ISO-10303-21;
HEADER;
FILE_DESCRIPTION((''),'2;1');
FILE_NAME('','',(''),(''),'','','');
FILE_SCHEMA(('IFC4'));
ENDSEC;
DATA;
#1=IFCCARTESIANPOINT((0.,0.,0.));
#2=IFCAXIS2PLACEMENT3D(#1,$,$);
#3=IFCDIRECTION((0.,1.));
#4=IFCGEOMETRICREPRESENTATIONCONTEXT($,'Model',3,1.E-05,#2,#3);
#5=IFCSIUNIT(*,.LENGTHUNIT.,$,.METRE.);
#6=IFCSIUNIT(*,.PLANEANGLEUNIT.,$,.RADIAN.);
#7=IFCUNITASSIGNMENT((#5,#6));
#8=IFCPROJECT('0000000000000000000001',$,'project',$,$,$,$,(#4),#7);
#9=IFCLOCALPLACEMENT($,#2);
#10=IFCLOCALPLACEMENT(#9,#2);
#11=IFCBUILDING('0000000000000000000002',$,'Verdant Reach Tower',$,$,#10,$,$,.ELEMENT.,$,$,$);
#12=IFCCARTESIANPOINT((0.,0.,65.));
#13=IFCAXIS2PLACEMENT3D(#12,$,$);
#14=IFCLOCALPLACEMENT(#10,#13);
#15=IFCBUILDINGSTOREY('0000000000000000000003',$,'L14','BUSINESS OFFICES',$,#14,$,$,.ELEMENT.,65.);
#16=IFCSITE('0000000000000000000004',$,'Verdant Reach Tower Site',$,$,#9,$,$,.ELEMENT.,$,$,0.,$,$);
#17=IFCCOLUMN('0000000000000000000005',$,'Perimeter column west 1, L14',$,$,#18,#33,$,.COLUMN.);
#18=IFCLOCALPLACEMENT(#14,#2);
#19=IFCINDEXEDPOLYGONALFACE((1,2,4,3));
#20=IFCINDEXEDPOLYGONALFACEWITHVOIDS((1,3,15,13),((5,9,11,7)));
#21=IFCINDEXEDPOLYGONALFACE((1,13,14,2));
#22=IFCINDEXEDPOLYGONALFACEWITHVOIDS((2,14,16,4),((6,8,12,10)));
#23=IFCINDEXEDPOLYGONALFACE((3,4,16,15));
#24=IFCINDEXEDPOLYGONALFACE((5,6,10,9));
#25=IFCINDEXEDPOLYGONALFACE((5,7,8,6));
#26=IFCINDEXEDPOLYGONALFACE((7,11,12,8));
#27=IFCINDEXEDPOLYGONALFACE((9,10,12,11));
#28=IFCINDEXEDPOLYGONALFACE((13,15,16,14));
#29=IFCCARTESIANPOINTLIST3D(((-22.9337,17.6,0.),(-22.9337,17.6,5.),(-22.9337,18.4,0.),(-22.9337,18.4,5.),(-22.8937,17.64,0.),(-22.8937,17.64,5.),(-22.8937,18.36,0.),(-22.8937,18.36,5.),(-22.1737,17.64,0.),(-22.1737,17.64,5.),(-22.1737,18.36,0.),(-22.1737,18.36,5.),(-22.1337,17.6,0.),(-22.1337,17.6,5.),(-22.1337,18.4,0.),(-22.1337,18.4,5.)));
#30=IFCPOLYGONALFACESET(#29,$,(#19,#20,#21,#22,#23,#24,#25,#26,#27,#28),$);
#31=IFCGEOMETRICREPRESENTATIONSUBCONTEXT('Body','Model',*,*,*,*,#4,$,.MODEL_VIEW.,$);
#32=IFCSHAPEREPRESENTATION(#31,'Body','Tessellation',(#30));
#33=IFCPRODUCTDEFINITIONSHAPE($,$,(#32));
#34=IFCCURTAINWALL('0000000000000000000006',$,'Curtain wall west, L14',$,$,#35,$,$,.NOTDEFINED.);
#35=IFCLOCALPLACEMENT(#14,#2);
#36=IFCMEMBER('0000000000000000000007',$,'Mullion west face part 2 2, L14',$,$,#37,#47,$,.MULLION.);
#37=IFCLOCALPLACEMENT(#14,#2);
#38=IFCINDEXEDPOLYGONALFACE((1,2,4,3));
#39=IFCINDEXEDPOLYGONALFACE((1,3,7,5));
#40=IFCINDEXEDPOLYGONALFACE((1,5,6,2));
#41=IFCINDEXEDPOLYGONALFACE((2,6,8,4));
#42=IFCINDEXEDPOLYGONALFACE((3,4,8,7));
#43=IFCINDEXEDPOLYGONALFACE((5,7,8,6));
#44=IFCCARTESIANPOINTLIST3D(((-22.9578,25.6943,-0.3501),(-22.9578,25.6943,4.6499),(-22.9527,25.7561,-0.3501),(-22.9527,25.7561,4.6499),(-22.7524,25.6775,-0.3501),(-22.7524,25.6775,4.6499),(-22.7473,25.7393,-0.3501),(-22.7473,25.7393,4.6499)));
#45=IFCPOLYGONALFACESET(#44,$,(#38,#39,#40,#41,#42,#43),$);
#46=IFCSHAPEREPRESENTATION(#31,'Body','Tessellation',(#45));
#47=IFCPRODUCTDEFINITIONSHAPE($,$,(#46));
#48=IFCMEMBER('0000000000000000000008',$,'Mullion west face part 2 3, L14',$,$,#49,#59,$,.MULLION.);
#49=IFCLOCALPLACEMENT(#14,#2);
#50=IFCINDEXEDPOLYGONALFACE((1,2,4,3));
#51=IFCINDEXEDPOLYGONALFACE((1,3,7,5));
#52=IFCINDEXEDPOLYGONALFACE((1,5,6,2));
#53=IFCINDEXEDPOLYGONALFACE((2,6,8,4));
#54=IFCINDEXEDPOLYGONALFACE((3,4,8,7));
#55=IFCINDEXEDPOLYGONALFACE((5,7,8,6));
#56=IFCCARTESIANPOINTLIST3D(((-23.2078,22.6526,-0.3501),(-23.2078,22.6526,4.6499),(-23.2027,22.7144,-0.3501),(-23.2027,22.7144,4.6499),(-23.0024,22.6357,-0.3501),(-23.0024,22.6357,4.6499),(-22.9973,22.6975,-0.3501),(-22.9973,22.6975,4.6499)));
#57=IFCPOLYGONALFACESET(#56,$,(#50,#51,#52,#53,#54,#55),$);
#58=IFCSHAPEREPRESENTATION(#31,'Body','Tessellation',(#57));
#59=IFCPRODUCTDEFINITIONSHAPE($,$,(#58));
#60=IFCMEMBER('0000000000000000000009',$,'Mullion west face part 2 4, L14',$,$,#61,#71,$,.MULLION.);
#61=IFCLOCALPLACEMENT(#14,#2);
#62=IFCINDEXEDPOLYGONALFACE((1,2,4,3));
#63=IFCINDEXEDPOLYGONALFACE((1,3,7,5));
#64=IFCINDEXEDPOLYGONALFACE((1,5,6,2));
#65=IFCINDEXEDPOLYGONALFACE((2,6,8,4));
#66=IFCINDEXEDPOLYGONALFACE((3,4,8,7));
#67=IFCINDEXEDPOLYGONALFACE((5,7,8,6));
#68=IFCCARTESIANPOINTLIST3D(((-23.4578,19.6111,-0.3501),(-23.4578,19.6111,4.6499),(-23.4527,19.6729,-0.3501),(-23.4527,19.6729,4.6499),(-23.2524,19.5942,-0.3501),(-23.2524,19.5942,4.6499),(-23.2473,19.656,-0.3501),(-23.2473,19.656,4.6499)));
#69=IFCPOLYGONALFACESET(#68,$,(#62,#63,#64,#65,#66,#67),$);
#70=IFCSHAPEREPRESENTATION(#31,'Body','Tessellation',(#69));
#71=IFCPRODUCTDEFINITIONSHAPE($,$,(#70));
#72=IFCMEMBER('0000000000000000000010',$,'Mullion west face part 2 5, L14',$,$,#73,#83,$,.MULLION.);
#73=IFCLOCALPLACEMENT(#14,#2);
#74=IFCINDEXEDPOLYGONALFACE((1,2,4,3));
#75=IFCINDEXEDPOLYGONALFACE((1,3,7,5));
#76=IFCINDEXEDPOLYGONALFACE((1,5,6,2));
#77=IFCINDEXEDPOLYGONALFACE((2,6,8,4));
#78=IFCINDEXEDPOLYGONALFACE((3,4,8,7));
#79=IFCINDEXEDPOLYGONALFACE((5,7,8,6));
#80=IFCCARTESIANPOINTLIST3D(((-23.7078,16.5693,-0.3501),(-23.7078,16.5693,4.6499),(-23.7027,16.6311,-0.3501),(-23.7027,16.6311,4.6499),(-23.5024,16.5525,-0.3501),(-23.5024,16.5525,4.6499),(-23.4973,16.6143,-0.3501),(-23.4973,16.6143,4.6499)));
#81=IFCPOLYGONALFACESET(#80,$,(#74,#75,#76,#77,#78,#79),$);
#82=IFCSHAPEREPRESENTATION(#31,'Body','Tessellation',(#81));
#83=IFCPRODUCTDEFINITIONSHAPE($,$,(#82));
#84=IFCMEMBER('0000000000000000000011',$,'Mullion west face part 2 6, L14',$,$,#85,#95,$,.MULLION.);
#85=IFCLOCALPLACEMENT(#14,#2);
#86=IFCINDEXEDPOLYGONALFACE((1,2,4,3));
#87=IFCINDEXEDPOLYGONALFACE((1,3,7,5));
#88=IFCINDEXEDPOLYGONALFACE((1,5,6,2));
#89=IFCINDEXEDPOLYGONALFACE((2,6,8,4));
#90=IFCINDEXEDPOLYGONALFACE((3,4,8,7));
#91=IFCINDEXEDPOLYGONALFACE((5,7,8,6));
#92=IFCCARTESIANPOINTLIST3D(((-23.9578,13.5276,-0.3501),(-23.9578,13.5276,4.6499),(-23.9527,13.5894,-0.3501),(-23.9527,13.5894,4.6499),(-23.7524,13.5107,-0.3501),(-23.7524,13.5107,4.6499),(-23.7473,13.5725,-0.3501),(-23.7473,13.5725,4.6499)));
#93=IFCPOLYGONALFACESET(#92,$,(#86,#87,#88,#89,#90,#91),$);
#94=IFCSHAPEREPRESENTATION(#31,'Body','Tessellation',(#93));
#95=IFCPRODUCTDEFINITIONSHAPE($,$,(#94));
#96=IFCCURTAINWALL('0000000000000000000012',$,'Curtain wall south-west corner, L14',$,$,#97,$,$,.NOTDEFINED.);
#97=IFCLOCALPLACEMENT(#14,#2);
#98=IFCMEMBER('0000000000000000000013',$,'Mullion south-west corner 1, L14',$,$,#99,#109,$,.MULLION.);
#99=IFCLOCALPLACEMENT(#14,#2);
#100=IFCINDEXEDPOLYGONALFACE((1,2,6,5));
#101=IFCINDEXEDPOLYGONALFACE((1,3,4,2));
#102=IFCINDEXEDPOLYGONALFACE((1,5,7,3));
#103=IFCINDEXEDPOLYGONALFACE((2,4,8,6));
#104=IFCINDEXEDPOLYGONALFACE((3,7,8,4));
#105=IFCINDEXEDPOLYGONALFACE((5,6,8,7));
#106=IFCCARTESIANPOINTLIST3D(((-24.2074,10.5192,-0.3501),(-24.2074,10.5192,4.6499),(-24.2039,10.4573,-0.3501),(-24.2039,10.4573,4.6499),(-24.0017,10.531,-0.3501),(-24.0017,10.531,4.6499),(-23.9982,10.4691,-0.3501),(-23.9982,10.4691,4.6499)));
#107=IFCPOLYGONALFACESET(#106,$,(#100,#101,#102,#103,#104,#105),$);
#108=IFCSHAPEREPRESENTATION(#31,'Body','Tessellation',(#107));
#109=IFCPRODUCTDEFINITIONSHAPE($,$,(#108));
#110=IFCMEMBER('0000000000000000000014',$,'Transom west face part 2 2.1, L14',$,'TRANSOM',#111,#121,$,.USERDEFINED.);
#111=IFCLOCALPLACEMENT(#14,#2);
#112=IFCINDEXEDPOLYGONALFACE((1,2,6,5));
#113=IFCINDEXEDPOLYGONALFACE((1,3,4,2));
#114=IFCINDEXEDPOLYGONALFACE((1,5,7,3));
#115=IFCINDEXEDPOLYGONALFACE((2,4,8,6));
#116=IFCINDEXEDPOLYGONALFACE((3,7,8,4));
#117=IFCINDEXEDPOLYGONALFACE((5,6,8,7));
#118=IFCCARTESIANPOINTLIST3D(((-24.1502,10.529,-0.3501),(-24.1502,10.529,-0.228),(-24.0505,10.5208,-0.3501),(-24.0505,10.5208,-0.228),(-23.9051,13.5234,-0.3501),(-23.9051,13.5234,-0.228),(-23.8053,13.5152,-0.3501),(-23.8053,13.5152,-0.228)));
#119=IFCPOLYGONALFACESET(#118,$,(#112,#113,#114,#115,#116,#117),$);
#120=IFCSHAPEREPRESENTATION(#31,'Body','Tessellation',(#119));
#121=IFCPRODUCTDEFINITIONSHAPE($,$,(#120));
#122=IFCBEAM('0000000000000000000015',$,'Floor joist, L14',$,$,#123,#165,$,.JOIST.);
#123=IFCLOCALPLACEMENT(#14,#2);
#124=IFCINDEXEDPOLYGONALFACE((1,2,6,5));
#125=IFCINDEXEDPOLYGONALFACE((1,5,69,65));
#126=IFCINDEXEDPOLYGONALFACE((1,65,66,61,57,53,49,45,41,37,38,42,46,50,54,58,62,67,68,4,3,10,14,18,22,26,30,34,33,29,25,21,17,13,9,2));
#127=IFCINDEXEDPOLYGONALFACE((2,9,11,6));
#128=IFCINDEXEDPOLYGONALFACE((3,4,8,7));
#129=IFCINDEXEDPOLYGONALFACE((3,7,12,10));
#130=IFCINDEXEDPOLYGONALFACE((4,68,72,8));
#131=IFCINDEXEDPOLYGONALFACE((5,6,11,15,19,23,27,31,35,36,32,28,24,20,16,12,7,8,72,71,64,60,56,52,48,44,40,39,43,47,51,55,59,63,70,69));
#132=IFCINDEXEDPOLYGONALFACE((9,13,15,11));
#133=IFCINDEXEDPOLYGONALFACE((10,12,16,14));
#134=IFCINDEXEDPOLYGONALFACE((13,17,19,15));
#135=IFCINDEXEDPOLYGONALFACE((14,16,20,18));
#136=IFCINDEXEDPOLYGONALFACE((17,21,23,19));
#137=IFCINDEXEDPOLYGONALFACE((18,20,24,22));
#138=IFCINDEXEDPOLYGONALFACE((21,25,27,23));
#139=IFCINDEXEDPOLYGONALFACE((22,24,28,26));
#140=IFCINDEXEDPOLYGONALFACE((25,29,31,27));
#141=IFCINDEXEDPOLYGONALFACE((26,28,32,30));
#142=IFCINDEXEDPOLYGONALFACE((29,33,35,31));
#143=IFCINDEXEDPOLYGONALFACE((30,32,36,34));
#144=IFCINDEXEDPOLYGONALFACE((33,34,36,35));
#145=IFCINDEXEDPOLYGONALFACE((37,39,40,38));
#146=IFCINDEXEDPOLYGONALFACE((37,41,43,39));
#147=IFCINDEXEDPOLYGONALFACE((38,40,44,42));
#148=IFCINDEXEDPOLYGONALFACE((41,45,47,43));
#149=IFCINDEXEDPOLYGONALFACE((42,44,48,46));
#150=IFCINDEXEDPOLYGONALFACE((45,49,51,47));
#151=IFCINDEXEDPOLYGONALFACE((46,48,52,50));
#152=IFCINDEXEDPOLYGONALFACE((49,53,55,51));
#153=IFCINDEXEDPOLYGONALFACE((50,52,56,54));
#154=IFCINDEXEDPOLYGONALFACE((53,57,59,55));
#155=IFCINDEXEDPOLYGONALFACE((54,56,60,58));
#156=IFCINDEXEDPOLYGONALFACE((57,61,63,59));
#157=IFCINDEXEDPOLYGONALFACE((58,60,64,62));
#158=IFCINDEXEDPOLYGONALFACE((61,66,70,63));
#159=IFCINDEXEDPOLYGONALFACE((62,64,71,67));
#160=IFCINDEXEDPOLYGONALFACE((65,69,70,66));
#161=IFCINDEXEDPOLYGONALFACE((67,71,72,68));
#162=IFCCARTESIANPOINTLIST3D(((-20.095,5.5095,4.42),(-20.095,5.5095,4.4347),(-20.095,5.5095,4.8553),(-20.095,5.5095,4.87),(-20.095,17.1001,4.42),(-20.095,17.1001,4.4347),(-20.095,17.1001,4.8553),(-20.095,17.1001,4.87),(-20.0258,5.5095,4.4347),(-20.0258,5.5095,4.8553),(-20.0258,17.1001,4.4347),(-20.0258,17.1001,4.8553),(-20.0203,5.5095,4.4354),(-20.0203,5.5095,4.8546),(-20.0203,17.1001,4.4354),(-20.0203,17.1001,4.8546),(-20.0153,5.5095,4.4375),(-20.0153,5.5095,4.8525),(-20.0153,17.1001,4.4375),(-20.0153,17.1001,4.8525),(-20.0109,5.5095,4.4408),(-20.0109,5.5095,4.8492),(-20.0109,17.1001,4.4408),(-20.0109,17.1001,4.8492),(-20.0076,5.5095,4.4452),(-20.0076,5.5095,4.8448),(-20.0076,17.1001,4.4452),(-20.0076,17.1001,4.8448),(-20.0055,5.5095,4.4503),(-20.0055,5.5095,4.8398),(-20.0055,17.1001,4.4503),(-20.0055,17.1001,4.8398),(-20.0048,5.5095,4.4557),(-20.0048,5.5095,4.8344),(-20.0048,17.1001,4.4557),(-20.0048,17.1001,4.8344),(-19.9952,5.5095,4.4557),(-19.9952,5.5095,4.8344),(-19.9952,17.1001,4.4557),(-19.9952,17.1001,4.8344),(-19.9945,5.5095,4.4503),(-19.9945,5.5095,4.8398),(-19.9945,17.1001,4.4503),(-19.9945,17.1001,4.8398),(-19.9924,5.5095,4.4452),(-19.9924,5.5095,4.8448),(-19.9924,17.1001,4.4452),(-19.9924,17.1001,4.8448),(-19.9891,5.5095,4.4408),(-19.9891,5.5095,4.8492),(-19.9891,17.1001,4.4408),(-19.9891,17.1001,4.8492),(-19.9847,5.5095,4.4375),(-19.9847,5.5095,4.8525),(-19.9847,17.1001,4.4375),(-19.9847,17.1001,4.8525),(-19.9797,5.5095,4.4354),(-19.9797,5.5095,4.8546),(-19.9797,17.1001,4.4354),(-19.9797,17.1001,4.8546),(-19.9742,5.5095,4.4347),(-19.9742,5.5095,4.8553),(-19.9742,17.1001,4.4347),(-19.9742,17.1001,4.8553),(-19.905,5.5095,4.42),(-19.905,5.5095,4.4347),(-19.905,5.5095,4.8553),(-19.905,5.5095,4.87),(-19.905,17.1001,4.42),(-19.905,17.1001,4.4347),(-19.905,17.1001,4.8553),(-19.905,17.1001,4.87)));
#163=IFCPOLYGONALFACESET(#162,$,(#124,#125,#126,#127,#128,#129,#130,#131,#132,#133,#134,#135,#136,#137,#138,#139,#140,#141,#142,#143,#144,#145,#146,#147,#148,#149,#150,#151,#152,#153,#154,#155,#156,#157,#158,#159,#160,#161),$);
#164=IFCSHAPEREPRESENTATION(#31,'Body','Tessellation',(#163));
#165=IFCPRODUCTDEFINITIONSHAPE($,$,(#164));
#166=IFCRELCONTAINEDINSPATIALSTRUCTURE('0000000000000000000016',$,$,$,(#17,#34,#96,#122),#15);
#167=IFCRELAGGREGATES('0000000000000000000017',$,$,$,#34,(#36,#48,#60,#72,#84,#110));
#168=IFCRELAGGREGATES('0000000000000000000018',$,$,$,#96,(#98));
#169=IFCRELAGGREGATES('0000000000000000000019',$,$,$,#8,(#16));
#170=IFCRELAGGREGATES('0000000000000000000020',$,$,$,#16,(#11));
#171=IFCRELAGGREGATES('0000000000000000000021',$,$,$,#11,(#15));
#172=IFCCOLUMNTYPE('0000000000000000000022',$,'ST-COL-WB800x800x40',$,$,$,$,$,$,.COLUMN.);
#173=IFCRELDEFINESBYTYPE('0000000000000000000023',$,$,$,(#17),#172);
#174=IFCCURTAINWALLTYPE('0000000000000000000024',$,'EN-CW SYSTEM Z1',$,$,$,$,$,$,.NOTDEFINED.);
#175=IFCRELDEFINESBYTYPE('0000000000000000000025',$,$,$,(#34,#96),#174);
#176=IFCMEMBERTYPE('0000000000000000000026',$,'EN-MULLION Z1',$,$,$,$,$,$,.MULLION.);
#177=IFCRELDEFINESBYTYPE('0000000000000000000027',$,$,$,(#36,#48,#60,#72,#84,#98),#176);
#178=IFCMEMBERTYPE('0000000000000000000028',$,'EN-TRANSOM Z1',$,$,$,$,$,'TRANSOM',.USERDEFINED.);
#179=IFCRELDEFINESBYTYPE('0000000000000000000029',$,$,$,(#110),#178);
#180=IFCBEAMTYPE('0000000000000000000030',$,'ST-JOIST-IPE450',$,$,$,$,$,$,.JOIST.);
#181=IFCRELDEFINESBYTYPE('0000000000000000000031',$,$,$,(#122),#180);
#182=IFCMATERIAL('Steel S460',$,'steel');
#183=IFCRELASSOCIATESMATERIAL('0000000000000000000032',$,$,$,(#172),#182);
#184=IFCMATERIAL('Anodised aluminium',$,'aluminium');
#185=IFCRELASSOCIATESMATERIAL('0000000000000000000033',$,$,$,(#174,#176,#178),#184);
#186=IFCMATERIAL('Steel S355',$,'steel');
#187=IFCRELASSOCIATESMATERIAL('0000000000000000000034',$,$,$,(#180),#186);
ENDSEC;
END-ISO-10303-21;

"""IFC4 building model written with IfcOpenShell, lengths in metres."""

from ifc_helpers import new_model, si_unit, direction, frame, origin, origin_2d, place, context, subcontext, project, spatial, rectangle, hollow_rectangle, i_section, extrude, material, material_profile, profile_set, type_object, element, aggregate, save


model = new_model("IFC4")

# Units and contexts
model_context = context("Model", 3, precision=1e-05, world=origin(), true_north=direction((0.0, 1.0)))
body_context = subcontext(model_context, "Body", "Model", "MODEL_VIEW")
ifc_project = project(units=[si_unit("LENGTHUNIT", "METRE"), si_unit("PLANEANGLEUNIT", "RADIAN")], contexts=[model_context])

# Site, building, storey
site_placement = place(None, origin())
site = spatial("IfcSite", under=ifc_project, at=site_placement, Name="Verdant Reach Tower Site", CompositionType="ELEMENT", RefElevation=0.0)
building_placement = place(site_placement, origin())
building = spatial("IfcBuilding", under=site, at=building_placement, Name="Verdant Reach Tower", CompositionType="ELEMENT")
storey_placement = place(building_placement, frame((0.0, 0.0, 65.0)))
storey = spatial("IfcBuildingStorey", under=building, at=storey_placement, Name="L14", Description="BUSINESS OFFICES", CompositionType="ELEMENT", Elevation=65.0)

# Column
ifc_material_1 = material(Name="Steel S460", Category="steel")
ifc_material_profile_1 = material_profile(ifc_material_1, hollow_rectangle(XDim=0.8, YDim=0.8, WallThickness=0.04, at=origin_2d()), Name="WB 800x800x40")
ifc_profile_set_1 = profile_set([ifc_material_profile_1], Name="Steel S460")
column_type = type_object("IfcColumnType", Name="ST-COL-WB800x800x40", PredefinedType="COLUMN", material=ifc_profile_set_1)
column_placement = place(storey_placement, frame((-22.5337, 18.0, 0.0), z_axis=(0.0, 0.0, 1.0), x_axis=(1.0, 0.0, 0.0)))
element("IfcColumn", 1, at=column_placement, inside=storey, type_object=column_type, Name="Perimeter column west 1, L14", PredefinedType="COLUMN", context=body_context, shape_type="SweptSolid", body=[
    extrude(hollow_rectangle(XDim=0.8, YDim=0.8, WallThickness=0.04, at=origin_2d()), origin(), (0.0, 0.0, 1.0), 5.0),
])

# Curtain wall, members
ifc_material_2 = material(Name="Anodised aluminium", Category="aluminium")
curtain_wall_type = type_object("IfcCurtainWallType", Name="EN-CW SYSTEM Z1", PredefinedType="NOTDEFINED", material=ifc_material_2)
curtain_wall_1_placement = place(storey_placement, origin())
curtain_wall_1 = element("IfcCurtainWall", 2, at=curtain_wall_1_placement, inside=storey, type_object=curtain_wall_type, Name="Curtain wall west, L14", PredefinedType="NOTDEFINED")
ifc_material_profile_2 = material_profile(ifc_material_2, rectangle(XDim=0.2061, YDim=0.062, at=origin_2d()), Name="Mullion 62x206")
ifc_profile_set_2 = profile_set([ifc_material_profile_2], Name="Anodised aluminium")
member_type_1 = type_object("IfcMemberType", Name="EN-MULLION Z1", PredefinedType="MULLION", material=ifc_profile_set_2)
member_1_placement = place(storey_placement, frame((-22.8525, 25.7168, -0.3501), z_axis=(0.0, 0.0, 1.0), x_axis=(-0.996639, 0.081916, 0.0)))
member_1 = element("IfcMember", 3, at=member_1_placement, type_object=member_type_1, Name="Mullion west face part 2 2, L14", PredefinedType="MULLION", context=body_context, shape_type="SweptSolid", body=[
    extrude(rectangle(XDim=0.2061, YDim=0.062, at=origin_2d()), origin(), (0.0, 0.0, 1.0), 5.0),
])
member_2_placement = place(storey_placement, frame((-23.1025, 22.675, -0.3501), z_axis=(0.0, 0.0, 1.0), x_axis=(-0.996639, 0.081916, 0.0)))
member_2 = element("IfcMember", 4, at=member_2_placement, type_object=member_type_1, Name="Mullion west face part 2 3, L14", PredefinedType="MULLION", context=body_context, shape_type="SweptSolid", body=[
    extrude(rectangle(XDim=0.2061, YDim=0.062, at=origin_2d()), origin(), (0.0, 0.0, 1.0), 5.0),
])
member_3_placement = place(storey_placement, frame((-23.3525, 19.6335, -0.3501), z_axis=(0.0, 0.0, 1.0), x_axis=(-0.996639, 0.081916, 0.0)))
member_3 = element("IfcMember", 5, at=member_3_placement, type_object=member_type_1, Name="Mullion west face part 2 4, L14", PredefinedType="MULLION", context=body_context, shape_type="SweptSolid", body=[
    extrude(rectangle(XDim=0.2061, YDim=0.062, at=origin_2d()), origin(), (0.0, 0.0, 1.0), 5.0),
])
member_4_placement = place(storey_placement, frame((-23.6025, 16.5918, -0.3501), z_axis=(0.0, 0.0, 1.0), x_axis=(-0.996639, 0.081916, 0.0)))
member_4 = element("IfcMember", 6, at=member_4_placement, type_object=member_type_1, Name="Mullion west face part 2 5, L14", PredefinedType="MULLION", context=body_context, shape_type="SweptSolid", body=[
    extrude(rectangle(XDim=0.2061, YDim=0.062, at=origin_2d()), origin(), (0.0, 0.0, 1.0), 5.0),
])
member_5_placement = place(storey_placement, frame((-23.8525, 13.55, -0.3501), z_axis=(0.0, 0.0, 1.0), x_axis=(-0.996639, 0.081916, 0.0)))
member_5 = element("IfcMember", 7, at=member_5_placement, type_object=member_type_1, Name="Mullion west face part 2 6, L14", PredefinedType="MULLION", context=body_context, shape_type="SweptSolid", body=[
    extrude(rectangle(XDim=0.2061, YDim=0.062, at=origin_2d()), origin(), (0.0, 0.0, 1.0), 5.0),
])

# Curtain wall, member
curtain_wall_2_placement = place(storey_placement, origin())
curtain_wall_2 = element("IfcCurtainWall", 8, at=curtain_wall_2_placement, inside=storey, type_object=curtain_wall_type, Name="Curtain wall south-west corner, L14", PredefinedType="NOTDEFINED")
member_6_placement = place(storey_placement, frame((-24.1028, 10.4941, -0.3501), z_axis=(0.0, 0.0, 1.0), x_axis=(-0.998366, -0.057135, 0.0)))
member_6 = element("IfcMember", 9, at=member_6_placement, type_object=member_type_1, Name="Mullion south-west corner 1, L14", PredefinedType="MULLION", context=body_context, shape_type="SweptSolid", body=[
    extrude(rectangle(XDim=0.2061, YDim=0.062, at=origin_2d()), origin(), (0.0, 0.0, 1.0), 5.0),
])

# Member
ifc_material_profile_3 = material_profile(ifc_material_2, rectangle(XDim=0.1001, YDim=0.1221, at=origin_2d()), Name="Transom 122x100")
ifc_profile_set_3 = profile_set([ifc_material_profile_3], Name="Anodised aluminium")
member_type_2 = type_object("IfcMemberType", Name="EN-TRANSOM Z1", ElementType="TRANSOM", PredefinedType="USERDEFINED", material=ifc_profile_set_3)
member_7_placement = place(storey_placement, frame((-23.8552, 13.5193, -0.2891), z_axis=(-0.081586, -0.996666, 0.0), x_axis=(0.996666, -0.081586, 0.0)))
member_7 = element("IfcMember", 10, at=member_7_placement, type_object=member_type_2, Name="Transom west face part 2 2.1, L14", ObjectType="TRANSOM", PredefinedType="USERDEFINED", context=body_context, shape_type="SweptSolid", body=[
    extrude(rectangle(XDim=0.1001, YDim=0.1221, at=origin_2d()), origin(), (0.0, 0.0, 1.0), 3.0044),
])

# Beam
ifc_material_3 = material(Name="Steel S355", Category="steel")
ifc_material_profile_4 = material_profile(ifc_material_3, i_section(OverallWidth=0.1899, OverallDepth=0.45, WebThickness=0.0095, FlangeThickness=0.0146, FilletRadius=0.021, at=origin_2d()), Name="IPE 450")
ifc_profile_set_4 = profile_set([ifc_material_profile_4], Name="Steel S355")
beam_type_1 = type_object("IfcBeamType", Name="ST-JOIST-IPE450", PredefinedType="JOIST", material=ifc_profile_set_4)
beam_1_placement = place(storey_placement, frame((-20.0, 17.1001, 4.645), z_axis=(0.0, -1.0, 0.0), x_axis=(1.0, 0.0, 0.0)))
element("IfcBeam", 11, at=beam_1_placement, inside=storey, type_object=beam_type_1, Name="Floor joist, L14", PredefinedType="JOIST", context=body_context, shape_type="SweptSolid", body=[
    extrude(i_section(OverallWidth=0.1899, OverallDepth=0.45, WebThickness=0.0095, FlangeThickness=0.0146, FilletRadius=0.021, at=origin_2d()), origin(), (0.0, 0.0, 1.0), 11.5906),
])

aggregate(curtain_wall_1, [member_1, member_2, member_3, member_4, member_5, member_7])
aggregate(curtain_wall_2, [member_6])

save(model, "model.ifc")
